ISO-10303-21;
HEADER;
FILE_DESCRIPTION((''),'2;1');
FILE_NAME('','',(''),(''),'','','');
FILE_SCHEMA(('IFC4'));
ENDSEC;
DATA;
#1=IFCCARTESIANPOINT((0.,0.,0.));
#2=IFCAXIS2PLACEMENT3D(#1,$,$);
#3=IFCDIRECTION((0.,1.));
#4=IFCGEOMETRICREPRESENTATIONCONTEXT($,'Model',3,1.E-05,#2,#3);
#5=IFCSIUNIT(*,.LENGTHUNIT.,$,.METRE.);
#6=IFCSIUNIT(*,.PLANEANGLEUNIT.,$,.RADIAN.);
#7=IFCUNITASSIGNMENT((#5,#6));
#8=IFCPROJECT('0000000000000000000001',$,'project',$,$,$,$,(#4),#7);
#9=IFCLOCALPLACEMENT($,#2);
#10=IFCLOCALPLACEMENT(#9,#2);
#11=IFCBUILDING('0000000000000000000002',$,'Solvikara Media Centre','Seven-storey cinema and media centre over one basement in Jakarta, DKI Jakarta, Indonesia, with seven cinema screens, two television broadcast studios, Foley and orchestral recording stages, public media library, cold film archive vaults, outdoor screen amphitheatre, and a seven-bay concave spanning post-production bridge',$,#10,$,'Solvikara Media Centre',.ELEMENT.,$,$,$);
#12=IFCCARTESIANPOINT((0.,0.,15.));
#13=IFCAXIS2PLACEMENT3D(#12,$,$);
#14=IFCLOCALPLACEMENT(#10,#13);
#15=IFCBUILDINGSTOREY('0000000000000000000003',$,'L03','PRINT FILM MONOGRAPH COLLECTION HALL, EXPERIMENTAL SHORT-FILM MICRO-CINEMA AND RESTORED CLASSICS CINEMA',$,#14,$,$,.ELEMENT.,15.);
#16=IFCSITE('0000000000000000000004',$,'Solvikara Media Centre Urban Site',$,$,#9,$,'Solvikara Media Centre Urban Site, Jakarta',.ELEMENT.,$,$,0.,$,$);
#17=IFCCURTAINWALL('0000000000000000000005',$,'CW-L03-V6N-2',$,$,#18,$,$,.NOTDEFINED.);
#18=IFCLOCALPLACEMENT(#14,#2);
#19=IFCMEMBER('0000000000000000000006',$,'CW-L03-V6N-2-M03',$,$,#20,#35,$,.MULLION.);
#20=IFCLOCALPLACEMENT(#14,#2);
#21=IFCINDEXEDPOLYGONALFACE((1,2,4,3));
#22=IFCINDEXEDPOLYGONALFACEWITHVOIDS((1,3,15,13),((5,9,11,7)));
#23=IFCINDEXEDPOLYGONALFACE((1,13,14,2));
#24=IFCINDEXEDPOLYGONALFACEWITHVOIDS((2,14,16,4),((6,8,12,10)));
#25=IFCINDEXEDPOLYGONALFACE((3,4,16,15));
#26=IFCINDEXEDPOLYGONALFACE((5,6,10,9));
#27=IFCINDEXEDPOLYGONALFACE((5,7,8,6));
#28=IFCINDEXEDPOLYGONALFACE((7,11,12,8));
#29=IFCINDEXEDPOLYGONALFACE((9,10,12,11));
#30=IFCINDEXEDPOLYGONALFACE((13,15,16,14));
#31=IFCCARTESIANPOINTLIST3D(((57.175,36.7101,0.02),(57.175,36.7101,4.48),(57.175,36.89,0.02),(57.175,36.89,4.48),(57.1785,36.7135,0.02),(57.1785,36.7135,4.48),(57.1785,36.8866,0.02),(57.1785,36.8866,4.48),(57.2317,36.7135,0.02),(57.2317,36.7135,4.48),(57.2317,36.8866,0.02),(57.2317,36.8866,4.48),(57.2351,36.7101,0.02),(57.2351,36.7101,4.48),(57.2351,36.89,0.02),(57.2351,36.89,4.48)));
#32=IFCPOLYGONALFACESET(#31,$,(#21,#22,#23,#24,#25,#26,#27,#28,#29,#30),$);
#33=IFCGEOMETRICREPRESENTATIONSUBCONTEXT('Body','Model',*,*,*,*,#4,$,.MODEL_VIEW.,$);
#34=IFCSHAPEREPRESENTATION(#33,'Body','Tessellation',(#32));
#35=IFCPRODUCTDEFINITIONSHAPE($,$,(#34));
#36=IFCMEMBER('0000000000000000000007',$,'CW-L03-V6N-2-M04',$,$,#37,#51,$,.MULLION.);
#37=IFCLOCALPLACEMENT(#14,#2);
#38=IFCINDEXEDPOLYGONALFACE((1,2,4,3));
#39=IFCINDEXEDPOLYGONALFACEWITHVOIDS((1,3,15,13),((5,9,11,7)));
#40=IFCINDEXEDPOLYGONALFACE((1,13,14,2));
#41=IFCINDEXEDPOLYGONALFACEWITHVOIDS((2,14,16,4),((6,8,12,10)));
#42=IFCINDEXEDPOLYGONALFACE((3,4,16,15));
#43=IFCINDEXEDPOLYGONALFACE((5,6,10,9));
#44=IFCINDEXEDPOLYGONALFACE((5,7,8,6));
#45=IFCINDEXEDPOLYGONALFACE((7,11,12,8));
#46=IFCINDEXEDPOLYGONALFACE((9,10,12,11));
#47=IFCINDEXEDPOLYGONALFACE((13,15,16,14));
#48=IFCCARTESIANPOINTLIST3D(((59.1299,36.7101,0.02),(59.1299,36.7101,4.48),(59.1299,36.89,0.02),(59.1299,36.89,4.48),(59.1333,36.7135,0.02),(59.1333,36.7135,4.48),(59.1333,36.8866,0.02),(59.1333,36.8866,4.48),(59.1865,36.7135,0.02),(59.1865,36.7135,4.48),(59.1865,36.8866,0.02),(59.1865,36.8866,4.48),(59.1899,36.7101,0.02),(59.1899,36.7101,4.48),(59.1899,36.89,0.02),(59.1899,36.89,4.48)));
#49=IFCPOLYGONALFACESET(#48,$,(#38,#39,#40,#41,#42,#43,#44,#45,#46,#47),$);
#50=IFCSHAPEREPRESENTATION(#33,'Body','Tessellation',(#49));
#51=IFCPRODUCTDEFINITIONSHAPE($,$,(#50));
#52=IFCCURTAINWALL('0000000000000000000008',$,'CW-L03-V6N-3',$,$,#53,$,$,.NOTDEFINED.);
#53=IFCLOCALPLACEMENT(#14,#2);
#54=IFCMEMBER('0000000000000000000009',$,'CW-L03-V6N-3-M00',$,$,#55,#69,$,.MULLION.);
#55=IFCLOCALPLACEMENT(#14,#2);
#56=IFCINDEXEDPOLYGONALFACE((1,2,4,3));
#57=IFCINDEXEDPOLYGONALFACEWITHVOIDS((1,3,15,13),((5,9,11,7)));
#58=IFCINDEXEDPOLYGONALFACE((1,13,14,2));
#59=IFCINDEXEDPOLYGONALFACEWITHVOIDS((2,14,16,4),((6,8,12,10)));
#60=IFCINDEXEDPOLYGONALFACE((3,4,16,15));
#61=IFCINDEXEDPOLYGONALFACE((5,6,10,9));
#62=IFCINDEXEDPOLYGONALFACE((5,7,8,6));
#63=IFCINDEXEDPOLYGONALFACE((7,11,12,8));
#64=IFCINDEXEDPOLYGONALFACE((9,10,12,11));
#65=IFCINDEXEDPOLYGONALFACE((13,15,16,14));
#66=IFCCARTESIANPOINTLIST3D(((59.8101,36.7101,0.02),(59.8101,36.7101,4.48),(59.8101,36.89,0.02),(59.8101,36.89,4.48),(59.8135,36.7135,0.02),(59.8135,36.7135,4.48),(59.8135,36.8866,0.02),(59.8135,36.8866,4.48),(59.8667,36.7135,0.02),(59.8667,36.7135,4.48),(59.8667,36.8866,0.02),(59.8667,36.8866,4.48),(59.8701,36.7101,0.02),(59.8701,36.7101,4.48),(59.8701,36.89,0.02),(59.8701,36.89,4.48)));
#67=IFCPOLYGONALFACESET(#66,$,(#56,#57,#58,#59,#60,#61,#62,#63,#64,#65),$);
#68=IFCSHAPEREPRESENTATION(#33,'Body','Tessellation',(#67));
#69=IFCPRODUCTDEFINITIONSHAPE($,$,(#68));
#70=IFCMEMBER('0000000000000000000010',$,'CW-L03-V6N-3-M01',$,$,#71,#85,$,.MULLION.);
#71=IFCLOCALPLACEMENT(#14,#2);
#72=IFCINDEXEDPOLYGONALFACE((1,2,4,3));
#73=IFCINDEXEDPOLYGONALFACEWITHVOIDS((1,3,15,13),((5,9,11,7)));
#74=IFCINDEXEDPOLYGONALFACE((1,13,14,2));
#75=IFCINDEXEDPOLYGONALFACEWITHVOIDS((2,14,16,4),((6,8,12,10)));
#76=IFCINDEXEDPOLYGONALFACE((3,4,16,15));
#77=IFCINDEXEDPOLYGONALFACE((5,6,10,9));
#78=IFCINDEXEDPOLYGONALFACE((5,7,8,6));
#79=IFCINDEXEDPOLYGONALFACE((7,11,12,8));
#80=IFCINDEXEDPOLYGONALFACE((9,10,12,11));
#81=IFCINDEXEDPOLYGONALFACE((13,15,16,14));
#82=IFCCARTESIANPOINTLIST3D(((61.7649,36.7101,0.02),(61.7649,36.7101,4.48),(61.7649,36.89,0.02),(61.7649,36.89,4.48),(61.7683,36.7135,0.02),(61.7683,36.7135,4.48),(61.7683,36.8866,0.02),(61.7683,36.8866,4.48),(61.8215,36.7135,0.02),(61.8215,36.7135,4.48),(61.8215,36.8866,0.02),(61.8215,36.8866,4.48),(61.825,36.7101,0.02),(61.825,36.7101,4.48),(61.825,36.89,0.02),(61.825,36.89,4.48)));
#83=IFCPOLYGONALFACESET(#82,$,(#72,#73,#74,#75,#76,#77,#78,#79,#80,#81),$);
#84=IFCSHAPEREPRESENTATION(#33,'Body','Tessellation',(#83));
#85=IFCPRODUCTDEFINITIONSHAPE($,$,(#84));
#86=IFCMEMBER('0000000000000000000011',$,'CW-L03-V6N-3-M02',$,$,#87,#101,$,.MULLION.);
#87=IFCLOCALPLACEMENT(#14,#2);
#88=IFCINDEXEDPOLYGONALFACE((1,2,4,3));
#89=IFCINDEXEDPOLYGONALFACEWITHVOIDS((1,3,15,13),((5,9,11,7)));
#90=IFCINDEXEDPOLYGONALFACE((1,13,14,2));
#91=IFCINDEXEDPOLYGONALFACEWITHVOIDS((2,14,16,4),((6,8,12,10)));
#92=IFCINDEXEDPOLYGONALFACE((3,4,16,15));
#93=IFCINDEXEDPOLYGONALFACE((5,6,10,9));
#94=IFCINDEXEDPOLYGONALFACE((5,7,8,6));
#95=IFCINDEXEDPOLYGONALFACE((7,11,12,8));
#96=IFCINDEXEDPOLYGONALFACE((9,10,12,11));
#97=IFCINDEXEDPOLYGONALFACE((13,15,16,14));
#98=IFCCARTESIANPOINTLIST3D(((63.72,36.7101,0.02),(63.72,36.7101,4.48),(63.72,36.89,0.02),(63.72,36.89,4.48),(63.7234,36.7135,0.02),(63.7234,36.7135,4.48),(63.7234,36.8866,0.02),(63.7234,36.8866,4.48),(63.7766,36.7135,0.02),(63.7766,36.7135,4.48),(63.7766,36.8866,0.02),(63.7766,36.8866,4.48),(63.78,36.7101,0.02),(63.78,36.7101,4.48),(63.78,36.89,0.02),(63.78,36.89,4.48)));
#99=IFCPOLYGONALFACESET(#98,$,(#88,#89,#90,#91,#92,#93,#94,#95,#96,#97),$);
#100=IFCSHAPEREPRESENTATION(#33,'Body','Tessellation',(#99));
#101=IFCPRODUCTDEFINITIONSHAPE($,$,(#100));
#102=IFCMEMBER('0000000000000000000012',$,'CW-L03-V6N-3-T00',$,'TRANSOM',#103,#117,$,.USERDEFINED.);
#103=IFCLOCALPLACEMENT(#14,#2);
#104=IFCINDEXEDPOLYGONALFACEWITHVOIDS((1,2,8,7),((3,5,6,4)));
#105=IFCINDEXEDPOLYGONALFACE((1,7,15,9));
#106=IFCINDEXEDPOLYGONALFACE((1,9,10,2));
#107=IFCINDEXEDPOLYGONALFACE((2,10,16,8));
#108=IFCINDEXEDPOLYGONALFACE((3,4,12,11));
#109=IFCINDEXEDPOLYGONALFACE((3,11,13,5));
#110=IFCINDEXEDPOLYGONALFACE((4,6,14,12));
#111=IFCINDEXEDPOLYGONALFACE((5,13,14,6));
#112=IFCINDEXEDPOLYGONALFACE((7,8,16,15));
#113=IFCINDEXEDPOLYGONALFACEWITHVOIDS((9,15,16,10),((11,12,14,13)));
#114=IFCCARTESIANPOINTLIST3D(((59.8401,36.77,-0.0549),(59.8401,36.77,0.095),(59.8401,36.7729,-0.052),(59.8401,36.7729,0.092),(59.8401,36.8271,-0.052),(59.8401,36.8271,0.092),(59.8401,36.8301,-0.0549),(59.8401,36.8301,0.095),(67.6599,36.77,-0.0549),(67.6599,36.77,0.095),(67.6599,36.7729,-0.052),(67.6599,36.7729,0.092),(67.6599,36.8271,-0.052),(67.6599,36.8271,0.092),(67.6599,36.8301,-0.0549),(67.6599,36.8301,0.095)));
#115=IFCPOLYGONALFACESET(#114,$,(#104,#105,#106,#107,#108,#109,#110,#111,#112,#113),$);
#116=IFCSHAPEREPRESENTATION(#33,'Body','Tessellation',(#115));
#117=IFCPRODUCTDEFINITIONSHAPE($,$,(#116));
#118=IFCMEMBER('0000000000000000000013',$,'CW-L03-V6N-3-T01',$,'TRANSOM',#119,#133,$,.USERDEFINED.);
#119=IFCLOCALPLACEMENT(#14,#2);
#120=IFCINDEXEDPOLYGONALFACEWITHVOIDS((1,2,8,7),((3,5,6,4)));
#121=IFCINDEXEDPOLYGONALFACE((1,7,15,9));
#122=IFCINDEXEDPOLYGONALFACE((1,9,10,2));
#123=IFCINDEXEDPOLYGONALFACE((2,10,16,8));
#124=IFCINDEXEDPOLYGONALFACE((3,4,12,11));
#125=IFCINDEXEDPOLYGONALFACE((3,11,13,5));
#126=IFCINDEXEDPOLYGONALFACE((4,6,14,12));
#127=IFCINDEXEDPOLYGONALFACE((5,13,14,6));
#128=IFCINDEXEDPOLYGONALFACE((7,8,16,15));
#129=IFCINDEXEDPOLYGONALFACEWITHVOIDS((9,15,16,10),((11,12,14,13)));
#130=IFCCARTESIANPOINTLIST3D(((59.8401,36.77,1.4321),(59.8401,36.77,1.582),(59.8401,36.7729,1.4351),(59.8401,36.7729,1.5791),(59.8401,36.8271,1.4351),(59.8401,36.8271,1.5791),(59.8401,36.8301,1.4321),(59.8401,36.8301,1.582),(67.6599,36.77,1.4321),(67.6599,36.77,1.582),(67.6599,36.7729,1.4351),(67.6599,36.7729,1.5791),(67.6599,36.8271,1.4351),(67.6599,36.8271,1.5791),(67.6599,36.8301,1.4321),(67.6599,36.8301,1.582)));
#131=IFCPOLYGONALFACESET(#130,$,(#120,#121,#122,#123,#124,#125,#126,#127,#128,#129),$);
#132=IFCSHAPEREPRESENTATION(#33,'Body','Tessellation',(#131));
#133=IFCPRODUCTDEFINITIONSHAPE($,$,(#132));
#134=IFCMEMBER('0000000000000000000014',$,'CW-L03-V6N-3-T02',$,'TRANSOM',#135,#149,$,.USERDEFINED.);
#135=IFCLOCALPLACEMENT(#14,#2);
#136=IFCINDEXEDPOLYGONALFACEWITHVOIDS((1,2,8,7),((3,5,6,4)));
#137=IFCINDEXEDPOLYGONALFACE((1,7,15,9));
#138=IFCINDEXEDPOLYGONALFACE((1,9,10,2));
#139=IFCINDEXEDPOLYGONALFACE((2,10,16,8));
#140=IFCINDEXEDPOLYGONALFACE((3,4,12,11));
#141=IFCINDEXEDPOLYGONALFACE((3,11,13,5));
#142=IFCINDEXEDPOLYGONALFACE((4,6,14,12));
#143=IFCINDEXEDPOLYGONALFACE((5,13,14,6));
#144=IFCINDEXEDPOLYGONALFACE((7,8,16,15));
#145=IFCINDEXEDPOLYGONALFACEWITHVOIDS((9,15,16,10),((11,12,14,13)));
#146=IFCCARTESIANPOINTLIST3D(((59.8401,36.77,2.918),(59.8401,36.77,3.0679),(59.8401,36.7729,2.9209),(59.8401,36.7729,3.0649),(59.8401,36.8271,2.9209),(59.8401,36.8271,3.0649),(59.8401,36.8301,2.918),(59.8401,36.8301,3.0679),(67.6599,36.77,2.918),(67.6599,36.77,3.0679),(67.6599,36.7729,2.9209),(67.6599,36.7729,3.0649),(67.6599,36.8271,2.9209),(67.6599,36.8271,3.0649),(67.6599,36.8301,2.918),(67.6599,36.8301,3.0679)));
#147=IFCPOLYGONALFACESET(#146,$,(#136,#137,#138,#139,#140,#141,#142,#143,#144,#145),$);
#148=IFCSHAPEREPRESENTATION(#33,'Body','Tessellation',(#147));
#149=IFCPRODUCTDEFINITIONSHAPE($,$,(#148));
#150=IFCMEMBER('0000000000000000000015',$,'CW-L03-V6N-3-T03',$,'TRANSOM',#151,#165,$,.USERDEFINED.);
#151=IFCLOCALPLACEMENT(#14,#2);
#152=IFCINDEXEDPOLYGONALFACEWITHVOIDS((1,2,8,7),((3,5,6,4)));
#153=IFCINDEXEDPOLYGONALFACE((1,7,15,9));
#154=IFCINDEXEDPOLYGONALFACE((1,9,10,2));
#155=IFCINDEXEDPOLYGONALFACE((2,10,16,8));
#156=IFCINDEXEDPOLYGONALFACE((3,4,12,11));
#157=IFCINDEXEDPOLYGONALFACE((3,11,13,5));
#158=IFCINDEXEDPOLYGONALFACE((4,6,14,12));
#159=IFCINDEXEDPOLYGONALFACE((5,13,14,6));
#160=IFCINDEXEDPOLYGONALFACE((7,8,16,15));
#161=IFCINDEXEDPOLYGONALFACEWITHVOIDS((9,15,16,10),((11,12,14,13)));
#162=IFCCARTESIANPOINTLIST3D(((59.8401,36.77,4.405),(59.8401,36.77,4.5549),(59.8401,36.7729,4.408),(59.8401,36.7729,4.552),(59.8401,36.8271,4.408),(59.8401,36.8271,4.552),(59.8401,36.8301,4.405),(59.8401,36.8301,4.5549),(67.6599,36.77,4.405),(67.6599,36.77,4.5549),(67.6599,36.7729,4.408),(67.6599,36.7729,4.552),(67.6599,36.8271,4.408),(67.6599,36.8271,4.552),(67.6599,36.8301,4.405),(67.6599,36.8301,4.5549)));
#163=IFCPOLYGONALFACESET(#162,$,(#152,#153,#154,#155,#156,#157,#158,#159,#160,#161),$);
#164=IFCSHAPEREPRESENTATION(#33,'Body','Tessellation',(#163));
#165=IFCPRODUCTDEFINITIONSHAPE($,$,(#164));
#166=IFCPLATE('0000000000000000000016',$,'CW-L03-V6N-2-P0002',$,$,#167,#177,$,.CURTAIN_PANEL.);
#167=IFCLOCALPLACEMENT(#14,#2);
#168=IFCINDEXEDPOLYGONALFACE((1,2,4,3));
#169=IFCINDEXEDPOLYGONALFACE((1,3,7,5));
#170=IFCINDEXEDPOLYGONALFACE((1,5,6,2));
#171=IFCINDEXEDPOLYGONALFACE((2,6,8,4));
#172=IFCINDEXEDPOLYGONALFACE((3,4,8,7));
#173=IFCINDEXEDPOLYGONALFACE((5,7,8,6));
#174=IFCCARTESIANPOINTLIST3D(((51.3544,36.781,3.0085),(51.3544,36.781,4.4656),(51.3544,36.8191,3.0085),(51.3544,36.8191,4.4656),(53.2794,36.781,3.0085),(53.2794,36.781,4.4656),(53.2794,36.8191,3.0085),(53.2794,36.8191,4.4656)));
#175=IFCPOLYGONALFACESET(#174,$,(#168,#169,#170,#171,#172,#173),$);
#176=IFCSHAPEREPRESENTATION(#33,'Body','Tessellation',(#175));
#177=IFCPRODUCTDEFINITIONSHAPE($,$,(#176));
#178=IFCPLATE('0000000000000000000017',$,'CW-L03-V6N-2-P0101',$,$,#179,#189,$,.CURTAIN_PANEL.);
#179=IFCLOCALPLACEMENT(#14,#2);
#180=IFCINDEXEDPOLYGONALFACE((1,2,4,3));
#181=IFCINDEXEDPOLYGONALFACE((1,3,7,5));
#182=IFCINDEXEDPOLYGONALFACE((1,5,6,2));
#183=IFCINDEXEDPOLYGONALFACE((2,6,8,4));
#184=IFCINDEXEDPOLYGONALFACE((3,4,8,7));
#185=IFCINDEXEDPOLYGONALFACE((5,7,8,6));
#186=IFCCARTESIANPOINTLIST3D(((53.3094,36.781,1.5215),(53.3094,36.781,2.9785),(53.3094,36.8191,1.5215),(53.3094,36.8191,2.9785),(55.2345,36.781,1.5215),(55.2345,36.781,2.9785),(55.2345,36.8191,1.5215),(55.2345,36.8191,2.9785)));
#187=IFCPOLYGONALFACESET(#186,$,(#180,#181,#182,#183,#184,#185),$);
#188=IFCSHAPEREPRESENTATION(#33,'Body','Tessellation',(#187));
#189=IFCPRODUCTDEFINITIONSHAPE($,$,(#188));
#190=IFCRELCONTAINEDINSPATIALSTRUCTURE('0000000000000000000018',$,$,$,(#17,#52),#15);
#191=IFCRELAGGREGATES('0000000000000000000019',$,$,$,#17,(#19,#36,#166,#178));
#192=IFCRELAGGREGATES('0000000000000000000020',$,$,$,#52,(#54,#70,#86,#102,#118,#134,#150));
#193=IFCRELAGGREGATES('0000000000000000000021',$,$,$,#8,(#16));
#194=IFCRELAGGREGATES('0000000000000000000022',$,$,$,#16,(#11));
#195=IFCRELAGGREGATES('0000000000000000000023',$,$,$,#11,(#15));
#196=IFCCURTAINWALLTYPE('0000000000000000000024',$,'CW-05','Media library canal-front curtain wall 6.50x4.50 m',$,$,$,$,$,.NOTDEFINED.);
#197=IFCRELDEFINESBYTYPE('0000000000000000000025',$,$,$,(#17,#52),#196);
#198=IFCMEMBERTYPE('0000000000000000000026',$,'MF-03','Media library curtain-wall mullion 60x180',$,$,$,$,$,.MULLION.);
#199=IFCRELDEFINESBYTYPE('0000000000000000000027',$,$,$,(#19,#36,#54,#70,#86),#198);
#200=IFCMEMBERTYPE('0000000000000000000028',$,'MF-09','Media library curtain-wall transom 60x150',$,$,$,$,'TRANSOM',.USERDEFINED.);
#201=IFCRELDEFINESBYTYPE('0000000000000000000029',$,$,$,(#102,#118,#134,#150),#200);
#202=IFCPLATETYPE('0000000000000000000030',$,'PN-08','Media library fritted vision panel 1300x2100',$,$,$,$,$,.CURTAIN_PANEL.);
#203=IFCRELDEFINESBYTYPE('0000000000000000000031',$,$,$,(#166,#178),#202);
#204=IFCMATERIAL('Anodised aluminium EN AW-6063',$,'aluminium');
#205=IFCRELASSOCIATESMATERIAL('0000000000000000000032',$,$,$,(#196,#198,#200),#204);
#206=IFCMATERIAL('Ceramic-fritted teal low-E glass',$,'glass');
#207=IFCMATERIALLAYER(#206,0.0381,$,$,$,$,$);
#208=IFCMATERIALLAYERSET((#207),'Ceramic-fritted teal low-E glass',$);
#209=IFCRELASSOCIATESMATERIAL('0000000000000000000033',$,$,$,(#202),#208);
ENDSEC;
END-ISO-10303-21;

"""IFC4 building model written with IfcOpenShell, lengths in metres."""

from ifc_helpers import new_model, si_unit, direction, frame, origin, origin_2d, place, context, subcontext, project, spatial, rectangle, hollow_rectangle, extrude, material, layer, layer_set, material_profile, profile_set, type_object, element, aggregate, save


model = new_model("IFC4")

# Units and contexts
model_context = context("Model", 3, precision=1e-05, world=origin(), true_north=direction((0.0, 1.0)))
body_context = subcontext(model_context, "Body", "Model", "MODEL_VIEW")
ifc_project = project(units=[si_unit("LENGTHUNIT", "METRE"), si_unit("PLANEANGLEUNIT", "RADIAN")], contexts=[model_context])

# Site, building, storey
site_placement = place(None, origin())
site = spatial("IfcSite", under=ifc_project, at=site_placement, Name="Solvikara Media Centre Urban Site", LongName="Solvikara Media Centre Urban Site, Jakarta", CompositionType="ELEMENT", RefElevation=0.0)
building_placement = place(site_placement, origin())
building = spatial("IfcBuilding", under=site, at=building_placement, Name="Solvikara Media Centre", Description="Seven-storey cinema and media centre over one basement in Jakarta, DKI Jakarta, Indonesia, with seven cinema screens, two television broadcast studios, Foley and orchestral recording stages, public media library, cold film archive vaults, outdoor screen amphitheatre, and a seven-bay concave spanning post-production bridge", LongName="Solvikara Media Centre", CompositionType="ELEMENT")
storey_placement = place(building_placement, frame((0.0, 0.0, 15.0)))
storey = spatial("IfcBuildingStorey", under=building, at=storey_placement, Name="L03", Description="PRINT FILM MONOGRAPH COLLECTION HALL, EXPERIMENTAL SHORT-FILM MICRO-CINEMA AND RESTORED CLASSICS CINEMA", CompositionType="ELEMENT", Elevation=15.0)

# Curtain walls, members
ifc_material_1 = material(Name="Anodised aluminium EN AW-6063", Category="aluminium")
curtain_wall_type = type_object("IfcCurtainWallType", Name="CW-05", Description="Media library canal-front curtain wall 6.50x4.50 m", PredefinedType="NOTDEFINED", material=ifc_material_1)
curtain_wall_1_placement = place(storey_placement, origin())
curtain_wall_1 = element("IfcCurtainWall", 1, at=curtain_wall_1_placement, inside=storey, type_object=curtain_wall_type, Name="CW-L03-V6N-2", PredefinedType="NOTDEFINED")
ifc_material_profile_1 = material_profile(ifc_material_1, hollow_rectangle(XDim=0.0601, YDim=0.1799, WallThickness=0.0034, at=origin_2d()), Name="ALU-M 60x180x3.5")
ifc_profile_set_1 = profile_set([ifc_material_profile_1], Name="Anodised aluminium EN AW-6063")
member_type_1 = type_object("IfcMemberType", Name="MF-03", Description="Media library curtain-wall mullion 60x180", PredefinedType="MULLION", material=ifc_profile_set_1)
member_1_placement = place(storey_placement, frame((57.2051, 36.8, 0.02), z_axis=(0.0, 0.0, 1.0), x_axis=(1.0, 0.0, 0.0)))
member_1 = element("IfcMember", 2, at=member_1_placement, type_object=member_type_1, Name="CW-L03-V6N-2-M03", PredefinedType="MULLION", context=body_context, shape_type="SweptSolid", body=[
    extrude(hollow_rectangle(XDim=0.0601, YDim=0.1799, WallThickness=0.0034, at=origin_2d()), origin(), (0.0, 0.0, 1.0), 4.46),
])
member_2_placement = place(storey_placement, frame((59.1599, 36.8, 0.02), z_axis=(0.0, 0.0, 1.0), x_axis=(1.0, 0.0, 0.0)))
member_2 = element("IfcMember", 3, at=member_2_placement, type_object=member_type_1, Name="CW-L03-V6N-2-M04", PredefinedType="MULLION", context=body_context, shape_type="SweptSolid", body=[
    extrude(hollow_rectangle(XDim=0.0601, YDim=0.1799, WallThickness=0.0034, at=origin_2d()), origin(), (0.0, 0.0, 1.0), 4.46),
])
curtain_wall_2_placement = place(storey_placement, origin())
curtain_wall_2 = element("IfcCurtainWall", 4, at=curtain_wall_2_placement, inside=storey, type_object=curtain_wall_type, Name="CW-L03-V6N-3", PredefinedType="NOTDEFINED")
member_3_placement = place(storey_placement, frame((59.8401, 36.8, 0.02), z_axis=(0.0, 0.0, 1.0), x_axis=(1.0, 0.0, 0.0)))
member_3 = element("IfcMember", 5, at=member_3_placement, type_object=member_type_1, Name="CW-L03-V6N-3-M00", PredefinedType="MULLION", context=body_context, shape_type="SweptSolid", body=[
    extrude(hollow_rectangle(XDim=0.0601, YDim=0.1799, WallThickness=0.0034, at=origin_2d()), origin(), (0.0, 0.0, 1.0), 4.46),
])
member_4_placement = place(storey_placement, frame((61.7949, 36.8, 0.02), z_axis=(0.0, 0.0, 1.0), x_axis=(1.0, 0.0, 0.0)))
member_4 = element("IfcMember", 6, at=member_4_placement, type_object=member_type_1, Name="CW-L03-V6N-3-M01", PredefinedType="MULLION", context=body_context, shape_type="SweptSolid", body=[
    extrude(hollow_rectangle(XDim=0.0601, YDim=0.1799, WallThickness=0.0034, at=origin_2d()), origin(), (0.0, 0.0, 1.0), 4.46),
])
member_5_placement = place(storey_placement, frame((63.75, 36.8, 0.02), z_axis=(0.0, 0.0, 1.0), x_axis=(1.0, 0.0, 0.0)))
member_5 = element("IfcMember", 7, at=member_5_placement, type_object=member_type_1, Name="CW-L03-V6N-3-M02", PredefinedType="MULLION", context=body_context, shape_type="SweptSolid", body=[
    extrude(hollow_rectangle(XDim=0.0601, YDim=0.1799, WallThickness=0.0034, at=origin_2d()), origin(), (0.0, 0.0, 1.0), 4.46),
])
ifc_material_profile_2 = material_profile(ifc_material_1, hollow_rectangle(XDim=0.0601, YDim=0.1499, WallThickness=0.0029, at=origin_2d()), Name="ALU-T 60x150x3")
ifc_profile_set_2 = profile_set([ifc_material_profile_2], Name="Anodised aluminium EN AW-6063")
member_type_2 = type_object("IfcMemberType", Name="MF-09", Description="Media library curtain-wall transom 60x150", ElementType="TRANSOM", PredefinedType="USERDEFINED", material=ifc_profile_set_2)
member_6_placement = place(storey_placement, frame((59.8401, 36.8, 0.02), z_axis=(1.0, 0.0, 0.0), x_axis=(0.0, 1.0, 0.0)))
member_6 = element("IfcMember", 8, at=member_6_placement, type_object=member_type_2, Name="CW-L03-V6N-3-T00", ObjectType="TRANSOM", PredefinedType="USERDEFINED", context=body_context, shape_type="SweptSolid", body=[
    extrude(hollow_rectangle(XDim=0.0601, YDim=0.1499, WallThickness=0.0029, at=origin_2d()), origin(), (0.0, 0.0, 1.0), 7.8198),
])
member_7_placement = place(storey_placement, frame((59.8401, 36.8, 1.5071), z_axis=(1.0, 0.0, 0.0), x_axis=(0.0, 1.0, 0.0)))
member_7 = element("IfcMember", 9, at=member_7_placement, type_object=member_type_2, Name="CW-L03-V6N-3-T01", ObjectType="TRANSOM", PredefinedType="USERDEFINED", context=body_context, shape_type="SweptSolid", body=[
    extrude(hollow_rectangle(XDim=0.0601, YDim=0.1499, WallThickness=0.0029, at=origin_2d()), origin(), (0.0, 0.0, 1.0), 7.8198),
])
member_8_placement = place(storey_placement, frame((59.8401, 36.8, 2.9929), z_axis=(1.0, 0.0, 0.0), x_axis=(0.0, 1.0, 0.0)))
member_8 = element("IfcMember", 10, at=member_8_placement, type_object=member_type_2, Name="CW-L03-V6N-3-T02", ObjectType="TRANSOM", PredefinedType="USERDEFINED", context=body_context, shape_type="SweptSolid", body=[
    extrude(hollow_rectangle(XDim=0.0601, YDim=0.1499, WallThickness=0.0029, at=origin_2d()), origin(), (0.0, 0.0, 1.0), 7.8198),
])
member_9_placement = place(storey_placement, frame((59.8401, 36.8, 4.48), z_axis=(1.0, 0.0, 0.0), x_axis=(0.0, 1.0, 0.0)))
member_9 = element("IfcMember", 11, at=member_9_placement, type_object=member_type_2, Name="CW-L03-V6N-3-T03", ObjectType="TRANSOM", PredefinedType="USERDEFINED", context=body_context, shape_type="SweptSolid", body=[
    extrude(hollow_rectangle(XDim=0.0601, YDim=0.1499, WallThickness=0.0029, at=origin_2d()), origin(), (0.0, 0.0, 1.0), 7.8198),
])

# Plates
ifc_material_2 = material(Name="Ceramic-fritted teal low-E glass", Category="glass")
ifc_layer_1 = layer(ifc_material_2, 0.0381)
ifc_layer_set_1 = layer_set([ifc_layer_1], Name="Ceramic-fritted teal low-E glass")
plate_type_1 = type_object("IfcPlateType", Name="PN-08", Description="Media library fritted vision panel 1300x2100", PredefinedType="CURTAIN_PANEL", material=ifc_layer_set_1)
plate_1_placement = place(storey_placement, frame((52.3169, 36.8, 3.0085), z_axis=(0.0, 0.0, 1.0), x_axis=(1.0, 0.0, 0.0)))
plate_1 = element("IfcPlate", 12, at=plate_1_placement, type_object=plate_type_1, Name="CW-L03-V6N-2-P0002", PredefinedType="CURTAIN_PANEL", context=body_context, shape_type="SweptSolid", body=[
    extrude(rectangle(XDim=1.925, YDim=0.0381, at=origin_2d()), origin(), (0.0, 0.0, 1.0), 1.457),
])
plate_2_placement = place(storey_placement, frame((54.272, 36.8, 1.5215), z_axis=(0.0, 0.0, 1.0), x_axis=(1.0, 0.0, 0.0)))
plate_2 = element("IfcPlate", 13, at=plate_2_placement, type_object=plate_type_1, Name="CW-L03-V6N-2-P0101", PredefinedType="CURTAIN_PANEL", context=body_context, shape_type="SweptSolid", body=[
    extrude(rectangle(XDim=1.925, YDim=0.0381, at=origin_2d()), origin(), (0.0, 0.0, 1.0), 1.457),
])
aggregate(curtain_wall_1, [member_1, member_2, plate_1, plate_2])
aggregate(curtain_wall_2, [member_3, member_4, member_5, member_6, member_7, member_8, member_9])

save(model, "model.ifc")
